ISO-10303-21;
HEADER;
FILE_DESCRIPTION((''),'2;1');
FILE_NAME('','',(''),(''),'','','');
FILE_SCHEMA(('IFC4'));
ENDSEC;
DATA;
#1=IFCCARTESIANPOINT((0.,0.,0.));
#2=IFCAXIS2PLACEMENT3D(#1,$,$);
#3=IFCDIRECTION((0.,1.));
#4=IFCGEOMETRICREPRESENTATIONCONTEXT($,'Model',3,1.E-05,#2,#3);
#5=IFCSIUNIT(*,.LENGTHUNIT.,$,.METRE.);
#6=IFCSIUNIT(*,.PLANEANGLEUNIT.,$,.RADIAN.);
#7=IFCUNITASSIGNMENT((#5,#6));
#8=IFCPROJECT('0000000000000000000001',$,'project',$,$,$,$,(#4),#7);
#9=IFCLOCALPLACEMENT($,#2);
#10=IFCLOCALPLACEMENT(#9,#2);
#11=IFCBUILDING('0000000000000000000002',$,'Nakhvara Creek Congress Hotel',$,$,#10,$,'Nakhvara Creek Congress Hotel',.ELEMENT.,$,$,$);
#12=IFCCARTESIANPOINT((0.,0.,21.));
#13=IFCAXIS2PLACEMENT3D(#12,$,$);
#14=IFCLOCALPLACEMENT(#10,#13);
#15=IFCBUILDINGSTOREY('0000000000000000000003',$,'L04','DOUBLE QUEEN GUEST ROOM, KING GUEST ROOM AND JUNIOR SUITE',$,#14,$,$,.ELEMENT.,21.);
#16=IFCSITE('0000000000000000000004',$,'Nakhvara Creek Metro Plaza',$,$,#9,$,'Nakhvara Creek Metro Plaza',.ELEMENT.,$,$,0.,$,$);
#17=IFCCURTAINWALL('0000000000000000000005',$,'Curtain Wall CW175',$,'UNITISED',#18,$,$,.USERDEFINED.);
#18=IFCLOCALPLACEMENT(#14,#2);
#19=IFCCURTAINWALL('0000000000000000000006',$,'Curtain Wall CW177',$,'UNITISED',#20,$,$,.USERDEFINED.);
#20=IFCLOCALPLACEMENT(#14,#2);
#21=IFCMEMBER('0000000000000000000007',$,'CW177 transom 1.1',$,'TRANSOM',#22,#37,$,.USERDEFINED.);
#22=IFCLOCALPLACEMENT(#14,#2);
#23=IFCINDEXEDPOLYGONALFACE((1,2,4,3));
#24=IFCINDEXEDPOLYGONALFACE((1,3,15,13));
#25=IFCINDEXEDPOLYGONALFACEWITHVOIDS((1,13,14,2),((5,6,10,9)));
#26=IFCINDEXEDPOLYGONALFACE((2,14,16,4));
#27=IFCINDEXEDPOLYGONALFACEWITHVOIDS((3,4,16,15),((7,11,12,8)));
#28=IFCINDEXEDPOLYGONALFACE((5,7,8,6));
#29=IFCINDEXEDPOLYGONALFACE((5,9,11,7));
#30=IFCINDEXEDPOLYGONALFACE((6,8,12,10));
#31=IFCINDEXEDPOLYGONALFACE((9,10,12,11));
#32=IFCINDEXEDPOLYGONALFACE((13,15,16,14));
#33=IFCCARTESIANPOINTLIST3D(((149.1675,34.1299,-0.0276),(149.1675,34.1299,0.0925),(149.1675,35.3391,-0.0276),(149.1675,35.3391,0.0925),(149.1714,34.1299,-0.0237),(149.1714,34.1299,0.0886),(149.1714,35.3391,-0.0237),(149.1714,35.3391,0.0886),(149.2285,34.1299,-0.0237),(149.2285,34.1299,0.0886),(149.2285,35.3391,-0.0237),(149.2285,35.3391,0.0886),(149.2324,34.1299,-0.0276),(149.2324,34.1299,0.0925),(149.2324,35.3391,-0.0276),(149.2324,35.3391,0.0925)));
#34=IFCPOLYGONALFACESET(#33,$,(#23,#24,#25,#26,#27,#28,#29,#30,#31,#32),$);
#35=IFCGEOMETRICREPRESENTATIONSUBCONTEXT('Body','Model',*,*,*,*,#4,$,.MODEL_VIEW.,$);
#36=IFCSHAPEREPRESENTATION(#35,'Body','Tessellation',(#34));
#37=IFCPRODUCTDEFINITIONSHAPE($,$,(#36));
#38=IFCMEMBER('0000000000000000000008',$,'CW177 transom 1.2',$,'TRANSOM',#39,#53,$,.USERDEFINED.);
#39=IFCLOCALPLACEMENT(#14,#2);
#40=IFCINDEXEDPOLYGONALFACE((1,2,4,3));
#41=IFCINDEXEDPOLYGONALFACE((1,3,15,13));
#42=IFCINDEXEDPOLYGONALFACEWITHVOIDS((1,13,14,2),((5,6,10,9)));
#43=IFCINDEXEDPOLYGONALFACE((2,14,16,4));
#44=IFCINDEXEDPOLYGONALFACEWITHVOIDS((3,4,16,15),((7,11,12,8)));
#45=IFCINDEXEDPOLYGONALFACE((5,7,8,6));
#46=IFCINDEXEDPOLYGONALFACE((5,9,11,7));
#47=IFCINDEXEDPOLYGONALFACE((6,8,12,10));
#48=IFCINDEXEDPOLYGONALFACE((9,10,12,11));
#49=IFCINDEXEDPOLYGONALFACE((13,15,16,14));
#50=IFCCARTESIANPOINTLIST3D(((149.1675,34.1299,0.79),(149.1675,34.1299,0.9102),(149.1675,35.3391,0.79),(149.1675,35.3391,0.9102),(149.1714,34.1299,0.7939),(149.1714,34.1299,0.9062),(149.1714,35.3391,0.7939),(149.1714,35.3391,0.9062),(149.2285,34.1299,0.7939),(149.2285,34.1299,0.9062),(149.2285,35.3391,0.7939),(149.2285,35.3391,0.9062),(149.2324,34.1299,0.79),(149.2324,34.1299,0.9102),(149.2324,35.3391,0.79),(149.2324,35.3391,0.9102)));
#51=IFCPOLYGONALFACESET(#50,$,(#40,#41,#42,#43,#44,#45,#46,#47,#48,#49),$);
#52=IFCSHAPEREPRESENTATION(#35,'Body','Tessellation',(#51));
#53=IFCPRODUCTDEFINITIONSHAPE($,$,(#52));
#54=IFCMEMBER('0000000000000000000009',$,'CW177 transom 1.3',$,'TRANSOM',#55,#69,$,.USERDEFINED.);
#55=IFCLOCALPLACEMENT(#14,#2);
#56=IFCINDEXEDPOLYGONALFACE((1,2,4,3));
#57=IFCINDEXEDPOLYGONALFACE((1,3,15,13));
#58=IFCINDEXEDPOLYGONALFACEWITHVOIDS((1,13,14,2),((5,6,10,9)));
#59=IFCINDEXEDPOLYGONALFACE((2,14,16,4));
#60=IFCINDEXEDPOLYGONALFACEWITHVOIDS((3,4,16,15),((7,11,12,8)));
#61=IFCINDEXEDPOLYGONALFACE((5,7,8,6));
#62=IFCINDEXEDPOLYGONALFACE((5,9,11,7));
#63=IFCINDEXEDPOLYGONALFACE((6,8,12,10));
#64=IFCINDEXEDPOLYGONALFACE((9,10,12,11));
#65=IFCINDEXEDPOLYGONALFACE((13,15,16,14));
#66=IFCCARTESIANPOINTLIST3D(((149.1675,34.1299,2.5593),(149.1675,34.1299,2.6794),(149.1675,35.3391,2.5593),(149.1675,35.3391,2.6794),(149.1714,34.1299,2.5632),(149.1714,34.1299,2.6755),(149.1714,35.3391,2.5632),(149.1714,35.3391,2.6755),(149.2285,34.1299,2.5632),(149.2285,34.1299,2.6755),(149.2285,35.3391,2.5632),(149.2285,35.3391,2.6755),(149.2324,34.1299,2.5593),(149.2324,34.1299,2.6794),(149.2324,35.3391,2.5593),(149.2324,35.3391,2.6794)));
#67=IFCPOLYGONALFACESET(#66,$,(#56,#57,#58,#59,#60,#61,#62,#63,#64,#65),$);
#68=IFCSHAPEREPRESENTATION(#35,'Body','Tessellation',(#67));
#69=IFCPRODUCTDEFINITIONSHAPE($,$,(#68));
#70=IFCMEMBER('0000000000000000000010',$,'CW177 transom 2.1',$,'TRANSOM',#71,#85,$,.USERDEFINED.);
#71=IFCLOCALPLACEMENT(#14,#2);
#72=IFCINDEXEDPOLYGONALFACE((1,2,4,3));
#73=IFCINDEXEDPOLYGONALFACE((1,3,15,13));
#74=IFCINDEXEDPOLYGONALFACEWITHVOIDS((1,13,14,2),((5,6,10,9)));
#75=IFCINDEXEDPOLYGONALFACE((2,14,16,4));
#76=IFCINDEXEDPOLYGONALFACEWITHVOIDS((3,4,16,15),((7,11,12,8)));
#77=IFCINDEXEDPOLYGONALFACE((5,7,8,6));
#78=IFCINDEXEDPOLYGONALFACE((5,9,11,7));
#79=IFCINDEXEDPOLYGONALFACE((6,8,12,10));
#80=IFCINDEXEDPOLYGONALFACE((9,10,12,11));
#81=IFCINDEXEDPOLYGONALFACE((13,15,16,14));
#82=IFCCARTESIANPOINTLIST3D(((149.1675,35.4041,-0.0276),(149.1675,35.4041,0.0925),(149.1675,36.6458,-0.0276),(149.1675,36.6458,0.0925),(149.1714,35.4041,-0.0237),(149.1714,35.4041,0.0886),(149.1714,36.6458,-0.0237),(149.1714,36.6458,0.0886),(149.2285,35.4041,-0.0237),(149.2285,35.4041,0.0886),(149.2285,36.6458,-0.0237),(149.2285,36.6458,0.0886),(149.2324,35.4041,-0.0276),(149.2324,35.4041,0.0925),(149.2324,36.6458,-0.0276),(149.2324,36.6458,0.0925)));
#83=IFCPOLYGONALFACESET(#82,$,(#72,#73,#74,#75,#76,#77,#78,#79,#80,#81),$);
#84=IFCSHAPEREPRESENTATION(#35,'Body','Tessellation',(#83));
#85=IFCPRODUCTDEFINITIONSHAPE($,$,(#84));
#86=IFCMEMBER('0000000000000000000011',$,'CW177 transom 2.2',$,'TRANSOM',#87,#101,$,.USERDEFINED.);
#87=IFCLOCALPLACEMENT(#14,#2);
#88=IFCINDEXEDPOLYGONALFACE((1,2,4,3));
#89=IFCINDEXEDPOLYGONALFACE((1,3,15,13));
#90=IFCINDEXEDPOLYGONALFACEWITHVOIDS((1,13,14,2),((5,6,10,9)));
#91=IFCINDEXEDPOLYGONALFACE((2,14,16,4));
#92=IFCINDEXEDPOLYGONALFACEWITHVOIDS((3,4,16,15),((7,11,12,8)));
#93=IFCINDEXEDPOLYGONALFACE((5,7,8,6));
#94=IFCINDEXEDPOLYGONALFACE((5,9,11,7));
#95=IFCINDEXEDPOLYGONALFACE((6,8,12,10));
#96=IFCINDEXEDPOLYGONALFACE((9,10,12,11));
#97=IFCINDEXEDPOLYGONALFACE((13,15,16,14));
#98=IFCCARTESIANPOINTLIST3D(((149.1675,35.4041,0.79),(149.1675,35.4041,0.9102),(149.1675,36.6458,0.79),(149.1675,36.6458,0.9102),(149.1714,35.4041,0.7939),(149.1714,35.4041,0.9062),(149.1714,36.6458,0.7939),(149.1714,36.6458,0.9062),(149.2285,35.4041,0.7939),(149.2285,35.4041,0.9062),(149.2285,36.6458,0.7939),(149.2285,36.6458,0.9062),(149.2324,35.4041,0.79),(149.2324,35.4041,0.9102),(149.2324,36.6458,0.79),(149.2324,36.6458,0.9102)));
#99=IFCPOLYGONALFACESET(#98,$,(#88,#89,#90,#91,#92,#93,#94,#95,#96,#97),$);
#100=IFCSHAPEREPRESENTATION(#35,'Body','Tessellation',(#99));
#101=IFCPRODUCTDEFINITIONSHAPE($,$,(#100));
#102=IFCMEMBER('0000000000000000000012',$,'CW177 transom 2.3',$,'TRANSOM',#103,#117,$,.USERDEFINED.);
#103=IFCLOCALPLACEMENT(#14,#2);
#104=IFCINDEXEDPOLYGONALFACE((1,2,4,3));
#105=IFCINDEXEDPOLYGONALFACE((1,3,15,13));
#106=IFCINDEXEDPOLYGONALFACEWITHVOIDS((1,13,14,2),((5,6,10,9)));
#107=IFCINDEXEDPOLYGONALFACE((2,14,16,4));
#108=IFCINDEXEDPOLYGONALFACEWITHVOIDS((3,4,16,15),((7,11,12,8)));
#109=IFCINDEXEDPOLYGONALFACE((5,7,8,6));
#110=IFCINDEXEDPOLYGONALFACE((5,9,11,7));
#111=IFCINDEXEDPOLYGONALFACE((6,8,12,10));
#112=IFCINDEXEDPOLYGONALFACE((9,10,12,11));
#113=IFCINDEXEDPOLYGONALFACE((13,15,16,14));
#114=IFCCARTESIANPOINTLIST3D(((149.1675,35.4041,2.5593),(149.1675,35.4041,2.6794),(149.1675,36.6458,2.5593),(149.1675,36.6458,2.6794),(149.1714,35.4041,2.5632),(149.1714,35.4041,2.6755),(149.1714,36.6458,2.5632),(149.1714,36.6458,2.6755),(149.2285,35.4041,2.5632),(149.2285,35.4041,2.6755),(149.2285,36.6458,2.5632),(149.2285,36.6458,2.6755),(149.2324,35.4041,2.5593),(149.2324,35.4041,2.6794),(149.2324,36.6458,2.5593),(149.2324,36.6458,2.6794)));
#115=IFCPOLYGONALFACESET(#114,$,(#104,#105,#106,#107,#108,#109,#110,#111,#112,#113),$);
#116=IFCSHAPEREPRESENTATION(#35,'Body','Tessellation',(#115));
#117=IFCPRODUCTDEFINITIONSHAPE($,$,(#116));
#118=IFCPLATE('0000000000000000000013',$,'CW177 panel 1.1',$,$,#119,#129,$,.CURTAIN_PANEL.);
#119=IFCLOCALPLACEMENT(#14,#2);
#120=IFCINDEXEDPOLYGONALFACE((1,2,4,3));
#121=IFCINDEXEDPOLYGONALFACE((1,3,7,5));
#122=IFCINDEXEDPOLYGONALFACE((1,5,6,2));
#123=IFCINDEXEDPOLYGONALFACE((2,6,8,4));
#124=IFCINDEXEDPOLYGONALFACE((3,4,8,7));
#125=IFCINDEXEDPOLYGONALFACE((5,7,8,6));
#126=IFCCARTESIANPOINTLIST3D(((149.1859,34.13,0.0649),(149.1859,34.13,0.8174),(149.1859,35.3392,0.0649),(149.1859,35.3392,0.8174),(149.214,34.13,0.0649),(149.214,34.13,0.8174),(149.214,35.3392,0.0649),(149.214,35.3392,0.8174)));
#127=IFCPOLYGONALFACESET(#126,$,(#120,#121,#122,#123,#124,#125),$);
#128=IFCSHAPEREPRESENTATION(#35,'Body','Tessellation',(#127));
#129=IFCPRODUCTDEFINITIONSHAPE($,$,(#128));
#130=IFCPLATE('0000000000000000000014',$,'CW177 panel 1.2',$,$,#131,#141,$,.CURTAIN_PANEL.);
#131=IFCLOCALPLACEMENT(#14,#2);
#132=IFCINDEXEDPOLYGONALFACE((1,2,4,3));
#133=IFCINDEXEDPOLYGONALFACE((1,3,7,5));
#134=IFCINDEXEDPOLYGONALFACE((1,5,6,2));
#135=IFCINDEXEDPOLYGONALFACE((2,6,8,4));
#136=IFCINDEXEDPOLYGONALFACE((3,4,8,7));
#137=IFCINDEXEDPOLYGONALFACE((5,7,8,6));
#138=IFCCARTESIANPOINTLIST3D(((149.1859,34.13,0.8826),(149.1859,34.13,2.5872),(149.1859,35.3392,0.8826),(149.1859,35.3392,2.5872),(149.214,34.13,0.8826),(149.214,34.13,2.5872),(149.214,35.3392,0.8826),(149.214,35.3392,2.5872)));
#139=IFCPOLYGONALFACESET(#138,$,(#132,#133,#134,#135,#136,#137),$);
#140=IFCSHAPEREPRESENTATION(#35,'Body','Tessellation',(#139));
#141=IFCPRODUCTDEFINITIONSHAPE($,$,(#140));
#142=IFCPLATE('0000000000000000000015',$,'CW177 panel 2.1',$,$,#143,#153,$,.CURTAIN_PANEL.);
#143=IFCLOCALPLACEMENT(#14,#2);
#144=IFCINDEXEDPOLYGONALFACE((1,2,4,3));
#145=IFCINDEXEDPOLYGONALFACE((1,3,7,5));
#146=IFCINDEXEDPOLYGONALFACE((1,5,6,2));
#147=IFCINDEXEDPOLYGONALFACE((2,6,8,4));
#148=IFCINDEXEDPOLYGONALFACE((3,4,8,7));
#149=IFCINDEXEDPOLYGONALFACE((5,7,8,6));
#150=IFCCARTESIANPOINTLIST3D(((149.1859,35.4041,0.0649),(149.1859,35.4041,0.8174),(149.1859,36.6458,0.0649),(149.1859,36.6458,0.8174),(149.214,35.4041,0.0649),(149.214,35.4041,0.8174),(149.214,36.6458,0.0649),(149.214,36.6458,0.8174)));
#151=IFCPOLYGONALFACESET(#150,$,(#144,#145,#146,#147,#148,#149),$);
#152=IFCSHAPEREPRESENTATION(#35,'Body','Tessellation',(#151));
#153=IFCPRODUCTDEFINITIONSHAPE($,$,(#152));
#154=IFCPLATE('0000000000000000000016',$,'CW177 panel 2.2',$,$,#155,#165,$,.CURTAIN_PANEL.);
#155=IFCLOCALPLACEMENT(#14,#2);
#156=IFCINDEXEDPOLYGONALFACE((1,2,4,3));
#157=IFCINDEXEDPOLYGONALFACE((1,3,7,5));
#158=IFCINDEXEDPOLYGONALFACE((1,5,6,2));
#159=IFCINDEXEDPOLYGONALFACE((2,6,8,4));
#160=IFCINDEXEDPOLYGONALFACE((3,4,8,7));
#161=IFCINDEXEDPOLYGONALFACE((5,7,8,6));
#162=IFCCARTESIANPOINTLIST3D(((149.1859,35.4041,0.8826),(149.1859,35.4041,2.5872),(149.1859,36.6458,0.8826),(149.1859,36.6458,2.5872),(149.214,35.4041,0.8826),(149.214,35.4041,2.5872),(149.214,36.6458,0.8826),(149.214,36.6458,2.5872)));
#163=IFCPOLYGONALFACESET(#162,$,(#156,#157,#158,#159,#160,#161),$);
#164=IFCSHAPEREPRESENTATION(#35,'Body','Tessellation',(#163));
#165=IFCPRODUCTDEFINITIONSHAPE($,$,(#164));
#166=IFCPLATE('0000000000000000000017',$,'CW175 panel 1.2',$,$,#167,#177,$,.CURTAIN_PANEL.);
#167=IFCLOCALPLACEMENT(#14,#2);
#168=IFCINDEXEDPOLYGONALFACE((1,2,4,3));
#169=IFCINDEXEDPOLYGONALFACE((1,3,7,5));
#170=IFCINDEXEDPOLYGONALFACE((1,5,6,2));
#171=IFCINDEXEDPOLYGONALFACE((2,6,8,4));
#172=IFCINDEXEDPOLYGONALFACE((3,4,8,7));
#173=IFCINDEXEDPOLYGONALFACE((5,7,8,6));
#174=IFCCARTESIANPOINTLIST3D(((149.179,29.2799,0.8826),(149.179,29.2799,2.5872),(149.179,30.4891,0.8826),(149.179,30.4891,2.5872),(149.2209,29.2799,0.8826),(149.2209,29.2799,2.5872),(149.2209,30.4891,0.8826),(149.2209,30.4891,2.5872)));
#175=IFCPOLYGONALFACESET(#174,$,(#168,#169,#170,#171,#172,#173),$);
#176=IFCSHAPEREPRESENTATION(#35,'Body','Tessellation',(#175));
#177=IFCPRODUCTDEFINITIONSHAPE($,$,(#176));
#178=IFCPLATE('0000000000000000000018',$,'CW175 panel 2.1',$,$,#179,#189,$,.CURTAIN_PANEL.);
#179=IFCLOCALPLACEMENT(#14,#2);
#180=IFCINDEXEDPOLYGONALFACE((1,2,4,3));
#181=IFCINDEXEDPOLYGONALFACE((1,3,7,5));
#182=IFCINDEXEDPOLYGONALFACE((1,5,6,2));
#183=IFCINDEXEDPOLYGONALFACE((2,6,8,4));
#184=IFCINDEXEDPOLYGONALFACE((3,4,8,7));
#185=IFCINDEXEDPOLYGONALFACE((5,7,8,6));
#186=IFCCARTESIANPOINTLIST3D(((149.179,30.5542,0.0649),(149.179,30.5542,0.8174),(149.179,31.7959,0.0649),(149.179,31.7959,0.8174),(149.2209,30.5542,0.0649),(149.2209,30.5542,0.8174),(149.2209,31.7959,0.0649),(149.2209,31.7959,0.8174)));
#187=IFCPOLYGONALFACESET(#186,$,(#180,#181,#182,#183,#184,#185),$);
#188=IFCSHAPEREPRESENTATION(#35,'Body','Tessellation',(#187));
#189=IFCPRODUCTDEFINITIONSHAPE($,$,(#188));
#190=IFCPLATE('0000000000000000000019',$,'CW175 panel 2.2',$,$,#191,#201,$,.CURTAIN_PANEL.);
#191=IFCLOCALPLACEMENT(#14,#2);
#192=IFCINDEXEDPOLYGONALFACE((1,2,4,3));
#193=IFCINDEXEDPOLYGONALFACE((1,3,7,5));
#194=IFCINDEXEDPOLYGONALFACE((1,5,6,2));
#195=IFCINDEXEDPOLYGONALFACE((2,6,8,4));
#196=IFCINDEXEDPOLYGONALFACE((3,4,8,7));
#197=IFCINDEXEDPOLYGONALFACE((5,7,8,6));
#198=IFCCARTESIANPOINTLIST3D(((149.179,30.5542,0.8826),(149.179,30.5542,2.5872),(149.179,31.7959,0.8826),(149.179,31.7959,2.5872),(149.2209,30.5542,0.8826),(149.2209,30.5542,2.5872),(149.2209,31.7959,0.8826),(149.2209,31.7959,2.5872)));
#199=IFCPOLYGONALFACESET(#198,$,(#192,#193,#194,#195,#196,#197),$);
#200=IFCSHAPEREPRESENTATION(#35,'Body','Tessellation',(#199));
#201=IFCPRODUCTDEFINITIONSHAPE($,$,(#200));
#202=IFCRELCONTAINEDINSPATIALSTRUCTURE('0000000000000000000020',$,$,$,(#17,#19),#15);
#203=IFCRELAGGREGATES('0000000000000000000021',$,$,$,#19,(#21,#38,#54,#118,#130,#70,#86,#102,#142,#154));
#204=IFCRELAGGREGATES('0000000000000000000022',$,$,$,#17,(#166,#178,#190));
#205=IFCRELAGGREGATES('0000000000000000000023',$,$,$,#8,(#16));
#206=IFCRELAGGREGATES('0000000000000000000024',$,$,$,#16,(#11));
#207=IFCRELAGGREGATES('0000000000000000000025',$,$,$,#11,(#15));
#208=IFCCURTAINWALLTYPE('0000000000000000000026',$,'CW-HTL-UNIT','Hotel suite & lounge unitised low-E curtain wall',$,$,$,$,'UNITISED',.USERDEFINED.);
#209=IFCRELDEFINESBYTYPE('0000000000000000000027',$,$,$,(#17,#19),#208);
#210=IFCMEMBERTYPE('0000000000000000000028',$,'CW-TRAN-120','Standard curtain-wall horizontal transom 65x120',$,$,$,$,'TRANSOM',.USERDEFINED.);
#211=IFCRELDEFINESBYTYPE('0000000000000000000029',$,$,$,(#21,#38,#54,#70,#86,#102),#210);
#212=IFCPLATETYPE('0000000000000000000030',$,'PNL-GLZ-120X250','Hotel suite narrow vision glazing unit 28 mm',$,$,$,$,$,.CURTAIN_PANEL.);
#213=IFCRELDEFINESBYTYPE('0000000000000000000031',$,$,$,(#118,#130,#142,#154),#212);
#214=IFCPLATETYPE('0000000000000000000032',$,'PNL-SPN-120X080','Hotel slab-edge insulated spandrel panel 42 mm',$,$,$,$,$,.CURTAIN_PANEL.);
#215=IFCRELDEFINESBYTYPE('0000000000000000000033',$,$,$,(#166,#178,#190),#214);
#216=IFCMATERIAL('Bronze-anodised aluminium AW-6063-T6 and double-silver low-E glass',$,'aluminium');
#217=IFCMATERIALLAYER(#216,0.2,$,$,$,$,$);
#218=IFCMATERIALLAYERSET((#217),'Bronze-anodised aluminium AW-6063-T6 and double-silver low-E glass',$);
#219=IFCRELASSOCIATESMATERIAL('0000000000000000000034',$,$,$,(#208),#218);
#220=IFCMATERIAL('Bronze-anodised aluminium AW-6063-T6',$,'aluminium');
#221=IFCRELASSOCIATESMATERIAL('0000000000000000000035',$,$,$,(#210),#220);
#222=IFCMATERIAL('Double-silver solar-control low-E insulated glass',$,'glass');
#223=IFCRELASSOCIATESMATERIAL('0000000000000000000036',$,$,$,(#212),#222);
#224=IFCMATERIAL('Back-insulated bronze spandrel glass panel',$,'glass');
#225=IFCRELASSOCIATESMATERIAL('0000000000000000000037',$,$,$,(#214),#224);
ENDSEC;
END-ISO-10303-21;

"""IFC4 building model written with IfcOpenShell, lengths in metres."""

from ifc_helpers import new_model, si_unit, direction, frame, origin, origin_2d, place, context, subcontext, project, spatial, rectangle, hollow_rectangle, extrude, material, layer, layer_set, material_profile, profile_set, type_object, element, aggregate, save


model = new_model("IFC4")

# Units and contexts
model_context = context("Model", 3, precision=1e-05, world=origin(), true_north=direction((0.0, 1.0)))
body_context = subcontext(model_context, "Body", "Model", "MODEL_VIEW")
ifc_project = project(units=[si_unit("LENGTHUNIT", "METRE"), si_unit("PLANEANGLEUNIT", "RADIAN")], contexts=[model_context])

# Site, building, storey
site_placement = place(None, origin())
site = spatial("IfcSite", under=ifc_project, at=site_placement, Name="Nakhvara Creek Metro Plaza", LongName="Nakhvara Creek Metro Plaza", CompositionType="ELEMENT", RefElevation=0.0)
building_placement = place(site_placement, origin())
building = spatial("IfcBuilding", under=site, at=building_placement, Name="Nakhvara Creek Congress Hotel", LongName="Nakhvara Creek Congress Hotel", CompositionType="ELEMENT")
storey_placement = place(building_placement, frame((0.0, 0.0, 21.0)))
storey = spatial("IfcBuildingStorey", under=building, at=storey_placement, Name="L04", Description="DOUBLE QUEEN GUEST ROOM, KING GUEST ROOM AND JUNIOR SUITE", CompositionType="ELEMENT", Elevation=21.0)

# Curtain walls
ifc_material_1 = material(Name="Bronze-anodised aluminium AW-6063-T6 and double-silver low-E glass", Category="aluminium")
ifc_layer = layer(ifc_material_1, 0.2)
ifc_layer_set = layer_set([ifc_layer], Name="Bronze-anodised aluminium AW-6063-T6 and double-silver low-E glass")
curtain_wall_type = type_object("IfcCurtainWallType", Name="CW-HTL-UNIT", Description="Hotel suite & lounge unitised low-E curtain wall", ElementType="UNITISED", PredefinedType="USERDEFINED", material=ifc_layer_set)
curtain_wall_1_placement = place(storey_placement, origin())
curtain_wall_1 = element("IfcCurtainWall", 1, at=curtain_wall_1_placement, inside=storey, type_object=curtain_wall_type, Name="Curtain Wall CW175", ObjectType="UNITISED", PredefinedType="USERDEFINED")
ifc_material_2 = material(Name="Bronze-anodised aluminium AW-6063-T6", Category="aluminium")
curtain_wall_2_placement = place(storey_placement, origin())
curtain_wall_2 = element("IfcCurtainWall", 2, at=curtain_wall_2_placement, inside=storey, type_object=curtain_wall_type, Name="Curtain Wall CW177", ObjectType="UNITISED", PredefinedType="USERDEFINED")

# Members
ifc_material_profile_1 = material_profile(ifc_material_2, hollow_rectangle(XDim=0.0649, YDim=0.1201, WallThickness=0.0039, at=origin_2d()), Name="ALU-TRAN 65x120x4", Category="LoadBearing")
ifc_profile_set_1 = profile_set([ifc_material_profile_1], Name="Bronze-anodised aluminium AW-6063-T6")
member_type_1 = type_object("IfcMemberType", Name="CW-TRAN-120", Description="Standard curtain-wall horizontal transom 65x120", ElementType="TRANSOM", PredefinedType="USERDEFINED", material=ifc_profile_set_1)
member_1_placement = place(storey_placement, frame((149.2, 34.1299, 0.0325), z_axis=(0.0, 1.0, 0.0), x_axis=(-1.0, 0.0, 0.0)))
member_1 = element("IfcMember", 3, at=member_1_placement, type_object=member_type_1, Name="CW177 transom 1.1", ObjectType="TRANSOM", PredefinedType="USERDEFINED", context=body_context, shape_type="SweptSolid", body=[
    extrude(hollow_rectangle(XDim=0.0649, YDim=0.1201, WallThickness=0.0039, at=origin_2d()), origin(), (0.0, 0.0, 1.0), 1.2092),
])
member_2_placement = place(storey_placement, frame((149.2, 34.1299, 0.8501), z_axis=(0.0, 1.0, 0.0), x_axis=(-1.0, 0.0, 0.0)))
member_2 = element("IfcMember", 4, at=member_2_placement, type_object=member_type_1, Name="CW177 transom 1.2", ObjectType="TRANSOM", PredefinedType="USERDEFINED", context=body_context, shape_type="SweptSolid", body=[
    extrude(hollow_rectangle(XDim=0.0649, YDim=0.1201, WallThickness=0.0039, at=origin_2d()), origin(), (0.0, 0.0, 1.0), 1.2092),
])
member_3_placement = place(storey_placement, frame((149.2, 34.1299, 2.6194), z_axis=(0.0, 1.0, 0.0), x_axis=(-1.0, 0.0, 0.0)))
member_3 = element("IfcMember", 5, at=member_3_placement, type_object=member_type_1, Name="CW177 transom 1.3", ObjectType="TRANSOM", PredefinedType="USERDEFINED", context=body_context, shape_type="SweptSolid", body=[
    extrude(hollow_rectangle(XDim=0.0649, YDim=0.1201, WallThickness=0.0039, at=origin_2d()), origin(), (0.0, 0.0, 1.0), 1.2092),
])
member_4_placement = place(storey_placement, frame((149.2, 35.4041, 0.0325), z_axis=(0.0, 1.0, 0.0), x_axis=(-1.0, 0.0, 0.0)))
member_4 = element("IfcMember", 6, at=member_4_placement, type_object=member_type_1, Name="CW177 transom 2.1", ObjectType="TRANSOM", PredefinedType="USERDEFINED", context=body_context, shape_type="SweptSolid", body=[
    extrude(hollow_rectangle(XDim=0.0649, YDim=0.1201, WallThickness=0.0039, at=origin_2d()), origin(), (0.0, 0.0, 1.0), 1.2417),
])
member_5_placement = place(storey_placement, frame((149.2, 35.4041, 0.8501), z_axis=(0.0, 1.0, 0.0), x_axis=(-1.0, 0.0, 0.0)))
member_5 = element("IfcMember", 7, at=member_5_placement, type_object=member_type_1, Name="CW177 transom 2.2", ObjectType="TRANSOM", PredefinedType="USERDEFINED", context=body_context, shape_type="SweptSolid", body=[
    extrude(hollow_rectangle(XDim=0.0649, YDim=0.1201, WallThickness=0.0039, at=origin_2d()), origin(), (0.0, 0.0, 1.0), 1.2417),
])
member_6_placement = place(storey_placement, frame((149.2, 35.4041, 2.6194), z_axis=(0.0, 1.0, 0.0), x_axis=(-1.0, 0.0, 0.0)))
member_6 = element("IfcMember", 8, at=member_6_placement, type_object=member_type_1, Name="CW177 transom 2.3", ObjectType="TRANSOM", PredefinedType="USERDEFINED", context=body_context, shape_type="SweptSolid", body=[
    extrude(hollow_rectangle(XDim=0.0649, YDim=0.1201, WallThickness=0.0039, at=origin_2d()), origin(), (0.0, 0.0, 1.0), 1.2417),
])

# Plates
ifc_material_3 = material(Name="Double-silver solar-control low-E insulated glass", Category="glass")
plate_type_1 = type_object("IfcPlateType", Name="PNL-GLZ-120X250", Description="Hotel suite narrow vision glazing unit 28 mm", PredefinedType="CURTAIN_PANEL", material=ifc_material_3)
plate_1_placement = place(storey_placement, frame((149.2, 34.7346, 0.0649), z_axis=(0.0, 0.0, 1.0), x_axis=(0.0, 1.0, 0.0)))
plate_1 = element("IfcPlate", 9, at=plate_1_placement, type_object=plate_type_1, Name="CW177 panel 1.1", PredefinedType="CURTAIN_PANEL", context=body_context, shape_type="SweptSolid", body=[
    extrude(rectangle(XDim=1.2092, YDim=0.0281, at=origin_2d()), origin(), (0.0, 0.0, 1.0), 0.7524),
])
plate_2_placement = place(storey_placement, frame((149.2, 34.7346, 0.8826), z_axis=(0.0, 0.0, 1.0), x_axis=(0.0, 1.0, 0.0)))
plate_2 = element("IfcPlate", 10, at=plate_2_placement, type_object=plate_type_1, Name="CW177 panel 1.2", PredefinedType="CURTAIN_PANEL", context=body_context, shape_type="SweptSolid", body=[
    extrude(rectangle(XDim=1.2092, YDim=0.0281, at=origin_2d()), origin(), (0.0, 0.0, 1.0), 1.7046),
])
plate_3_placement = place(storey_placement, frame((149.2, 36.0249, 0.0649), z_axis=(0.0, 0.0, 1.0), x_axis=(0.0, 1.0, 0.0)))
plate_3 = element("IfcPlate", 11, at=plate_3_placement, type_object=plate_type_1, Name="CW177 panel 2.1", PredefinedType="CURTAIN_PANEL", context=body_context, shape_type="SweptSolid", body=[
    extrude(rectangle(XDim=1.2417, YDim=0.0281, at=origin_2d()), origin(), (0.0, 0.0, 1.0), 0.7524),
])
plate_4_placement = place(storey_placement, frame((149.2, 36.0249, 0.8826), z_axis=(0.0, 0.0, 1.0), x_axis=(0.0, 1.0, 0.0)))
plate_4 = element("IfcPlate", 12, at=plate_4_placement, type_object=plate_type_1, Name="CW177 panel 2.2", PredefinedType="CURTAIN_PANEL", context=body_context, shape_type="SweptSolid", body=[
    extrude(rectangle(XDim=1.2417, YDim=0.0281, at=origin_2d()), origin(), (0.0, 0.0, 1.0), 1.7046),
])
aggregate(curtain_wall_2, [member_1, member_2, member_3, plate_1, plate_2, member_4, member_5, member_6, plate_3, plate_4])
ifc_material_4 = material(Name="Back-insulated bronze spandrel glass panel", Category="glass")
plate_type_2 = type_object("IfcPlateType", Name="PNL-SPN-120X080", Description="Hotel slab-edge insulated spandrel panel 42 mm", PredefinedType="CURTAIN_PANEL", material=ifc_material_4)
plate_5_placement = place(storey_placement, frame((149.2, 29.8845, 0.8826), z_axis=(0.0, 0.0, 1.0), x_axis=(0.0, 1.0, 0.0)))
plate_5 = element("IfcPlate", 13, at=plate_5_placement, type_object=plate_type_2, Name="CW175 panel 1.2", PredefinedType="CURTAIN_PANEL", context=body_context, shape_type="SweptSolid", body=[
    extrude(rectangle(XDim=1.2092, YDim=0.042, at=origin_2d()), origin(), (0.0, 0.0, 1.0), 1.7046),
])
plate_6_placement = place(storey_placement, frame((149.2, 31.175, 0.0649), z_axis=(0.0, 0.0, 1.0), x_axis=(0.0, 1.0, 0.0)))
plate_6 = element("IfcPlate", 14, at=plate_6_placement, type_object=plate_type_2, Name="CW175 panel 2.1", PredefinedType="CURTAIN_PANEL", context=body_context, shape_type="SweptSolid", body=[
    extrude(rectangle(XDim=1.2417, YDim=0.042, at=origin_2d()), origin(), (0.0, 0.0, 1.0), 0.7524),
])
plate_7_placement = place(storey_placement, frame((149.2, 31.175, 0.8826), z_axis=(0.0, 0.0, 1.0), x_axis=(0.0, 1.0, 0.0)))
plate_7 = element("IfcPlate", 15, at=plate_7_placement, type_object=plate_type_2, Name="CW175 panel 2.2", PredefinedType="CURTAIN_PANEL", context=body_context, shape_type="SweptSolid", body=[
    extrude(rectangle(XDim=1.2417, YDim=0.042, at=origin_2d()), origin(), (0.0, 0.0, 1.0), 1.7046),
])
aggregate(curtain_wall_1, [plate_5, plate_6, plate_7])

save(model, "model.ifc")
